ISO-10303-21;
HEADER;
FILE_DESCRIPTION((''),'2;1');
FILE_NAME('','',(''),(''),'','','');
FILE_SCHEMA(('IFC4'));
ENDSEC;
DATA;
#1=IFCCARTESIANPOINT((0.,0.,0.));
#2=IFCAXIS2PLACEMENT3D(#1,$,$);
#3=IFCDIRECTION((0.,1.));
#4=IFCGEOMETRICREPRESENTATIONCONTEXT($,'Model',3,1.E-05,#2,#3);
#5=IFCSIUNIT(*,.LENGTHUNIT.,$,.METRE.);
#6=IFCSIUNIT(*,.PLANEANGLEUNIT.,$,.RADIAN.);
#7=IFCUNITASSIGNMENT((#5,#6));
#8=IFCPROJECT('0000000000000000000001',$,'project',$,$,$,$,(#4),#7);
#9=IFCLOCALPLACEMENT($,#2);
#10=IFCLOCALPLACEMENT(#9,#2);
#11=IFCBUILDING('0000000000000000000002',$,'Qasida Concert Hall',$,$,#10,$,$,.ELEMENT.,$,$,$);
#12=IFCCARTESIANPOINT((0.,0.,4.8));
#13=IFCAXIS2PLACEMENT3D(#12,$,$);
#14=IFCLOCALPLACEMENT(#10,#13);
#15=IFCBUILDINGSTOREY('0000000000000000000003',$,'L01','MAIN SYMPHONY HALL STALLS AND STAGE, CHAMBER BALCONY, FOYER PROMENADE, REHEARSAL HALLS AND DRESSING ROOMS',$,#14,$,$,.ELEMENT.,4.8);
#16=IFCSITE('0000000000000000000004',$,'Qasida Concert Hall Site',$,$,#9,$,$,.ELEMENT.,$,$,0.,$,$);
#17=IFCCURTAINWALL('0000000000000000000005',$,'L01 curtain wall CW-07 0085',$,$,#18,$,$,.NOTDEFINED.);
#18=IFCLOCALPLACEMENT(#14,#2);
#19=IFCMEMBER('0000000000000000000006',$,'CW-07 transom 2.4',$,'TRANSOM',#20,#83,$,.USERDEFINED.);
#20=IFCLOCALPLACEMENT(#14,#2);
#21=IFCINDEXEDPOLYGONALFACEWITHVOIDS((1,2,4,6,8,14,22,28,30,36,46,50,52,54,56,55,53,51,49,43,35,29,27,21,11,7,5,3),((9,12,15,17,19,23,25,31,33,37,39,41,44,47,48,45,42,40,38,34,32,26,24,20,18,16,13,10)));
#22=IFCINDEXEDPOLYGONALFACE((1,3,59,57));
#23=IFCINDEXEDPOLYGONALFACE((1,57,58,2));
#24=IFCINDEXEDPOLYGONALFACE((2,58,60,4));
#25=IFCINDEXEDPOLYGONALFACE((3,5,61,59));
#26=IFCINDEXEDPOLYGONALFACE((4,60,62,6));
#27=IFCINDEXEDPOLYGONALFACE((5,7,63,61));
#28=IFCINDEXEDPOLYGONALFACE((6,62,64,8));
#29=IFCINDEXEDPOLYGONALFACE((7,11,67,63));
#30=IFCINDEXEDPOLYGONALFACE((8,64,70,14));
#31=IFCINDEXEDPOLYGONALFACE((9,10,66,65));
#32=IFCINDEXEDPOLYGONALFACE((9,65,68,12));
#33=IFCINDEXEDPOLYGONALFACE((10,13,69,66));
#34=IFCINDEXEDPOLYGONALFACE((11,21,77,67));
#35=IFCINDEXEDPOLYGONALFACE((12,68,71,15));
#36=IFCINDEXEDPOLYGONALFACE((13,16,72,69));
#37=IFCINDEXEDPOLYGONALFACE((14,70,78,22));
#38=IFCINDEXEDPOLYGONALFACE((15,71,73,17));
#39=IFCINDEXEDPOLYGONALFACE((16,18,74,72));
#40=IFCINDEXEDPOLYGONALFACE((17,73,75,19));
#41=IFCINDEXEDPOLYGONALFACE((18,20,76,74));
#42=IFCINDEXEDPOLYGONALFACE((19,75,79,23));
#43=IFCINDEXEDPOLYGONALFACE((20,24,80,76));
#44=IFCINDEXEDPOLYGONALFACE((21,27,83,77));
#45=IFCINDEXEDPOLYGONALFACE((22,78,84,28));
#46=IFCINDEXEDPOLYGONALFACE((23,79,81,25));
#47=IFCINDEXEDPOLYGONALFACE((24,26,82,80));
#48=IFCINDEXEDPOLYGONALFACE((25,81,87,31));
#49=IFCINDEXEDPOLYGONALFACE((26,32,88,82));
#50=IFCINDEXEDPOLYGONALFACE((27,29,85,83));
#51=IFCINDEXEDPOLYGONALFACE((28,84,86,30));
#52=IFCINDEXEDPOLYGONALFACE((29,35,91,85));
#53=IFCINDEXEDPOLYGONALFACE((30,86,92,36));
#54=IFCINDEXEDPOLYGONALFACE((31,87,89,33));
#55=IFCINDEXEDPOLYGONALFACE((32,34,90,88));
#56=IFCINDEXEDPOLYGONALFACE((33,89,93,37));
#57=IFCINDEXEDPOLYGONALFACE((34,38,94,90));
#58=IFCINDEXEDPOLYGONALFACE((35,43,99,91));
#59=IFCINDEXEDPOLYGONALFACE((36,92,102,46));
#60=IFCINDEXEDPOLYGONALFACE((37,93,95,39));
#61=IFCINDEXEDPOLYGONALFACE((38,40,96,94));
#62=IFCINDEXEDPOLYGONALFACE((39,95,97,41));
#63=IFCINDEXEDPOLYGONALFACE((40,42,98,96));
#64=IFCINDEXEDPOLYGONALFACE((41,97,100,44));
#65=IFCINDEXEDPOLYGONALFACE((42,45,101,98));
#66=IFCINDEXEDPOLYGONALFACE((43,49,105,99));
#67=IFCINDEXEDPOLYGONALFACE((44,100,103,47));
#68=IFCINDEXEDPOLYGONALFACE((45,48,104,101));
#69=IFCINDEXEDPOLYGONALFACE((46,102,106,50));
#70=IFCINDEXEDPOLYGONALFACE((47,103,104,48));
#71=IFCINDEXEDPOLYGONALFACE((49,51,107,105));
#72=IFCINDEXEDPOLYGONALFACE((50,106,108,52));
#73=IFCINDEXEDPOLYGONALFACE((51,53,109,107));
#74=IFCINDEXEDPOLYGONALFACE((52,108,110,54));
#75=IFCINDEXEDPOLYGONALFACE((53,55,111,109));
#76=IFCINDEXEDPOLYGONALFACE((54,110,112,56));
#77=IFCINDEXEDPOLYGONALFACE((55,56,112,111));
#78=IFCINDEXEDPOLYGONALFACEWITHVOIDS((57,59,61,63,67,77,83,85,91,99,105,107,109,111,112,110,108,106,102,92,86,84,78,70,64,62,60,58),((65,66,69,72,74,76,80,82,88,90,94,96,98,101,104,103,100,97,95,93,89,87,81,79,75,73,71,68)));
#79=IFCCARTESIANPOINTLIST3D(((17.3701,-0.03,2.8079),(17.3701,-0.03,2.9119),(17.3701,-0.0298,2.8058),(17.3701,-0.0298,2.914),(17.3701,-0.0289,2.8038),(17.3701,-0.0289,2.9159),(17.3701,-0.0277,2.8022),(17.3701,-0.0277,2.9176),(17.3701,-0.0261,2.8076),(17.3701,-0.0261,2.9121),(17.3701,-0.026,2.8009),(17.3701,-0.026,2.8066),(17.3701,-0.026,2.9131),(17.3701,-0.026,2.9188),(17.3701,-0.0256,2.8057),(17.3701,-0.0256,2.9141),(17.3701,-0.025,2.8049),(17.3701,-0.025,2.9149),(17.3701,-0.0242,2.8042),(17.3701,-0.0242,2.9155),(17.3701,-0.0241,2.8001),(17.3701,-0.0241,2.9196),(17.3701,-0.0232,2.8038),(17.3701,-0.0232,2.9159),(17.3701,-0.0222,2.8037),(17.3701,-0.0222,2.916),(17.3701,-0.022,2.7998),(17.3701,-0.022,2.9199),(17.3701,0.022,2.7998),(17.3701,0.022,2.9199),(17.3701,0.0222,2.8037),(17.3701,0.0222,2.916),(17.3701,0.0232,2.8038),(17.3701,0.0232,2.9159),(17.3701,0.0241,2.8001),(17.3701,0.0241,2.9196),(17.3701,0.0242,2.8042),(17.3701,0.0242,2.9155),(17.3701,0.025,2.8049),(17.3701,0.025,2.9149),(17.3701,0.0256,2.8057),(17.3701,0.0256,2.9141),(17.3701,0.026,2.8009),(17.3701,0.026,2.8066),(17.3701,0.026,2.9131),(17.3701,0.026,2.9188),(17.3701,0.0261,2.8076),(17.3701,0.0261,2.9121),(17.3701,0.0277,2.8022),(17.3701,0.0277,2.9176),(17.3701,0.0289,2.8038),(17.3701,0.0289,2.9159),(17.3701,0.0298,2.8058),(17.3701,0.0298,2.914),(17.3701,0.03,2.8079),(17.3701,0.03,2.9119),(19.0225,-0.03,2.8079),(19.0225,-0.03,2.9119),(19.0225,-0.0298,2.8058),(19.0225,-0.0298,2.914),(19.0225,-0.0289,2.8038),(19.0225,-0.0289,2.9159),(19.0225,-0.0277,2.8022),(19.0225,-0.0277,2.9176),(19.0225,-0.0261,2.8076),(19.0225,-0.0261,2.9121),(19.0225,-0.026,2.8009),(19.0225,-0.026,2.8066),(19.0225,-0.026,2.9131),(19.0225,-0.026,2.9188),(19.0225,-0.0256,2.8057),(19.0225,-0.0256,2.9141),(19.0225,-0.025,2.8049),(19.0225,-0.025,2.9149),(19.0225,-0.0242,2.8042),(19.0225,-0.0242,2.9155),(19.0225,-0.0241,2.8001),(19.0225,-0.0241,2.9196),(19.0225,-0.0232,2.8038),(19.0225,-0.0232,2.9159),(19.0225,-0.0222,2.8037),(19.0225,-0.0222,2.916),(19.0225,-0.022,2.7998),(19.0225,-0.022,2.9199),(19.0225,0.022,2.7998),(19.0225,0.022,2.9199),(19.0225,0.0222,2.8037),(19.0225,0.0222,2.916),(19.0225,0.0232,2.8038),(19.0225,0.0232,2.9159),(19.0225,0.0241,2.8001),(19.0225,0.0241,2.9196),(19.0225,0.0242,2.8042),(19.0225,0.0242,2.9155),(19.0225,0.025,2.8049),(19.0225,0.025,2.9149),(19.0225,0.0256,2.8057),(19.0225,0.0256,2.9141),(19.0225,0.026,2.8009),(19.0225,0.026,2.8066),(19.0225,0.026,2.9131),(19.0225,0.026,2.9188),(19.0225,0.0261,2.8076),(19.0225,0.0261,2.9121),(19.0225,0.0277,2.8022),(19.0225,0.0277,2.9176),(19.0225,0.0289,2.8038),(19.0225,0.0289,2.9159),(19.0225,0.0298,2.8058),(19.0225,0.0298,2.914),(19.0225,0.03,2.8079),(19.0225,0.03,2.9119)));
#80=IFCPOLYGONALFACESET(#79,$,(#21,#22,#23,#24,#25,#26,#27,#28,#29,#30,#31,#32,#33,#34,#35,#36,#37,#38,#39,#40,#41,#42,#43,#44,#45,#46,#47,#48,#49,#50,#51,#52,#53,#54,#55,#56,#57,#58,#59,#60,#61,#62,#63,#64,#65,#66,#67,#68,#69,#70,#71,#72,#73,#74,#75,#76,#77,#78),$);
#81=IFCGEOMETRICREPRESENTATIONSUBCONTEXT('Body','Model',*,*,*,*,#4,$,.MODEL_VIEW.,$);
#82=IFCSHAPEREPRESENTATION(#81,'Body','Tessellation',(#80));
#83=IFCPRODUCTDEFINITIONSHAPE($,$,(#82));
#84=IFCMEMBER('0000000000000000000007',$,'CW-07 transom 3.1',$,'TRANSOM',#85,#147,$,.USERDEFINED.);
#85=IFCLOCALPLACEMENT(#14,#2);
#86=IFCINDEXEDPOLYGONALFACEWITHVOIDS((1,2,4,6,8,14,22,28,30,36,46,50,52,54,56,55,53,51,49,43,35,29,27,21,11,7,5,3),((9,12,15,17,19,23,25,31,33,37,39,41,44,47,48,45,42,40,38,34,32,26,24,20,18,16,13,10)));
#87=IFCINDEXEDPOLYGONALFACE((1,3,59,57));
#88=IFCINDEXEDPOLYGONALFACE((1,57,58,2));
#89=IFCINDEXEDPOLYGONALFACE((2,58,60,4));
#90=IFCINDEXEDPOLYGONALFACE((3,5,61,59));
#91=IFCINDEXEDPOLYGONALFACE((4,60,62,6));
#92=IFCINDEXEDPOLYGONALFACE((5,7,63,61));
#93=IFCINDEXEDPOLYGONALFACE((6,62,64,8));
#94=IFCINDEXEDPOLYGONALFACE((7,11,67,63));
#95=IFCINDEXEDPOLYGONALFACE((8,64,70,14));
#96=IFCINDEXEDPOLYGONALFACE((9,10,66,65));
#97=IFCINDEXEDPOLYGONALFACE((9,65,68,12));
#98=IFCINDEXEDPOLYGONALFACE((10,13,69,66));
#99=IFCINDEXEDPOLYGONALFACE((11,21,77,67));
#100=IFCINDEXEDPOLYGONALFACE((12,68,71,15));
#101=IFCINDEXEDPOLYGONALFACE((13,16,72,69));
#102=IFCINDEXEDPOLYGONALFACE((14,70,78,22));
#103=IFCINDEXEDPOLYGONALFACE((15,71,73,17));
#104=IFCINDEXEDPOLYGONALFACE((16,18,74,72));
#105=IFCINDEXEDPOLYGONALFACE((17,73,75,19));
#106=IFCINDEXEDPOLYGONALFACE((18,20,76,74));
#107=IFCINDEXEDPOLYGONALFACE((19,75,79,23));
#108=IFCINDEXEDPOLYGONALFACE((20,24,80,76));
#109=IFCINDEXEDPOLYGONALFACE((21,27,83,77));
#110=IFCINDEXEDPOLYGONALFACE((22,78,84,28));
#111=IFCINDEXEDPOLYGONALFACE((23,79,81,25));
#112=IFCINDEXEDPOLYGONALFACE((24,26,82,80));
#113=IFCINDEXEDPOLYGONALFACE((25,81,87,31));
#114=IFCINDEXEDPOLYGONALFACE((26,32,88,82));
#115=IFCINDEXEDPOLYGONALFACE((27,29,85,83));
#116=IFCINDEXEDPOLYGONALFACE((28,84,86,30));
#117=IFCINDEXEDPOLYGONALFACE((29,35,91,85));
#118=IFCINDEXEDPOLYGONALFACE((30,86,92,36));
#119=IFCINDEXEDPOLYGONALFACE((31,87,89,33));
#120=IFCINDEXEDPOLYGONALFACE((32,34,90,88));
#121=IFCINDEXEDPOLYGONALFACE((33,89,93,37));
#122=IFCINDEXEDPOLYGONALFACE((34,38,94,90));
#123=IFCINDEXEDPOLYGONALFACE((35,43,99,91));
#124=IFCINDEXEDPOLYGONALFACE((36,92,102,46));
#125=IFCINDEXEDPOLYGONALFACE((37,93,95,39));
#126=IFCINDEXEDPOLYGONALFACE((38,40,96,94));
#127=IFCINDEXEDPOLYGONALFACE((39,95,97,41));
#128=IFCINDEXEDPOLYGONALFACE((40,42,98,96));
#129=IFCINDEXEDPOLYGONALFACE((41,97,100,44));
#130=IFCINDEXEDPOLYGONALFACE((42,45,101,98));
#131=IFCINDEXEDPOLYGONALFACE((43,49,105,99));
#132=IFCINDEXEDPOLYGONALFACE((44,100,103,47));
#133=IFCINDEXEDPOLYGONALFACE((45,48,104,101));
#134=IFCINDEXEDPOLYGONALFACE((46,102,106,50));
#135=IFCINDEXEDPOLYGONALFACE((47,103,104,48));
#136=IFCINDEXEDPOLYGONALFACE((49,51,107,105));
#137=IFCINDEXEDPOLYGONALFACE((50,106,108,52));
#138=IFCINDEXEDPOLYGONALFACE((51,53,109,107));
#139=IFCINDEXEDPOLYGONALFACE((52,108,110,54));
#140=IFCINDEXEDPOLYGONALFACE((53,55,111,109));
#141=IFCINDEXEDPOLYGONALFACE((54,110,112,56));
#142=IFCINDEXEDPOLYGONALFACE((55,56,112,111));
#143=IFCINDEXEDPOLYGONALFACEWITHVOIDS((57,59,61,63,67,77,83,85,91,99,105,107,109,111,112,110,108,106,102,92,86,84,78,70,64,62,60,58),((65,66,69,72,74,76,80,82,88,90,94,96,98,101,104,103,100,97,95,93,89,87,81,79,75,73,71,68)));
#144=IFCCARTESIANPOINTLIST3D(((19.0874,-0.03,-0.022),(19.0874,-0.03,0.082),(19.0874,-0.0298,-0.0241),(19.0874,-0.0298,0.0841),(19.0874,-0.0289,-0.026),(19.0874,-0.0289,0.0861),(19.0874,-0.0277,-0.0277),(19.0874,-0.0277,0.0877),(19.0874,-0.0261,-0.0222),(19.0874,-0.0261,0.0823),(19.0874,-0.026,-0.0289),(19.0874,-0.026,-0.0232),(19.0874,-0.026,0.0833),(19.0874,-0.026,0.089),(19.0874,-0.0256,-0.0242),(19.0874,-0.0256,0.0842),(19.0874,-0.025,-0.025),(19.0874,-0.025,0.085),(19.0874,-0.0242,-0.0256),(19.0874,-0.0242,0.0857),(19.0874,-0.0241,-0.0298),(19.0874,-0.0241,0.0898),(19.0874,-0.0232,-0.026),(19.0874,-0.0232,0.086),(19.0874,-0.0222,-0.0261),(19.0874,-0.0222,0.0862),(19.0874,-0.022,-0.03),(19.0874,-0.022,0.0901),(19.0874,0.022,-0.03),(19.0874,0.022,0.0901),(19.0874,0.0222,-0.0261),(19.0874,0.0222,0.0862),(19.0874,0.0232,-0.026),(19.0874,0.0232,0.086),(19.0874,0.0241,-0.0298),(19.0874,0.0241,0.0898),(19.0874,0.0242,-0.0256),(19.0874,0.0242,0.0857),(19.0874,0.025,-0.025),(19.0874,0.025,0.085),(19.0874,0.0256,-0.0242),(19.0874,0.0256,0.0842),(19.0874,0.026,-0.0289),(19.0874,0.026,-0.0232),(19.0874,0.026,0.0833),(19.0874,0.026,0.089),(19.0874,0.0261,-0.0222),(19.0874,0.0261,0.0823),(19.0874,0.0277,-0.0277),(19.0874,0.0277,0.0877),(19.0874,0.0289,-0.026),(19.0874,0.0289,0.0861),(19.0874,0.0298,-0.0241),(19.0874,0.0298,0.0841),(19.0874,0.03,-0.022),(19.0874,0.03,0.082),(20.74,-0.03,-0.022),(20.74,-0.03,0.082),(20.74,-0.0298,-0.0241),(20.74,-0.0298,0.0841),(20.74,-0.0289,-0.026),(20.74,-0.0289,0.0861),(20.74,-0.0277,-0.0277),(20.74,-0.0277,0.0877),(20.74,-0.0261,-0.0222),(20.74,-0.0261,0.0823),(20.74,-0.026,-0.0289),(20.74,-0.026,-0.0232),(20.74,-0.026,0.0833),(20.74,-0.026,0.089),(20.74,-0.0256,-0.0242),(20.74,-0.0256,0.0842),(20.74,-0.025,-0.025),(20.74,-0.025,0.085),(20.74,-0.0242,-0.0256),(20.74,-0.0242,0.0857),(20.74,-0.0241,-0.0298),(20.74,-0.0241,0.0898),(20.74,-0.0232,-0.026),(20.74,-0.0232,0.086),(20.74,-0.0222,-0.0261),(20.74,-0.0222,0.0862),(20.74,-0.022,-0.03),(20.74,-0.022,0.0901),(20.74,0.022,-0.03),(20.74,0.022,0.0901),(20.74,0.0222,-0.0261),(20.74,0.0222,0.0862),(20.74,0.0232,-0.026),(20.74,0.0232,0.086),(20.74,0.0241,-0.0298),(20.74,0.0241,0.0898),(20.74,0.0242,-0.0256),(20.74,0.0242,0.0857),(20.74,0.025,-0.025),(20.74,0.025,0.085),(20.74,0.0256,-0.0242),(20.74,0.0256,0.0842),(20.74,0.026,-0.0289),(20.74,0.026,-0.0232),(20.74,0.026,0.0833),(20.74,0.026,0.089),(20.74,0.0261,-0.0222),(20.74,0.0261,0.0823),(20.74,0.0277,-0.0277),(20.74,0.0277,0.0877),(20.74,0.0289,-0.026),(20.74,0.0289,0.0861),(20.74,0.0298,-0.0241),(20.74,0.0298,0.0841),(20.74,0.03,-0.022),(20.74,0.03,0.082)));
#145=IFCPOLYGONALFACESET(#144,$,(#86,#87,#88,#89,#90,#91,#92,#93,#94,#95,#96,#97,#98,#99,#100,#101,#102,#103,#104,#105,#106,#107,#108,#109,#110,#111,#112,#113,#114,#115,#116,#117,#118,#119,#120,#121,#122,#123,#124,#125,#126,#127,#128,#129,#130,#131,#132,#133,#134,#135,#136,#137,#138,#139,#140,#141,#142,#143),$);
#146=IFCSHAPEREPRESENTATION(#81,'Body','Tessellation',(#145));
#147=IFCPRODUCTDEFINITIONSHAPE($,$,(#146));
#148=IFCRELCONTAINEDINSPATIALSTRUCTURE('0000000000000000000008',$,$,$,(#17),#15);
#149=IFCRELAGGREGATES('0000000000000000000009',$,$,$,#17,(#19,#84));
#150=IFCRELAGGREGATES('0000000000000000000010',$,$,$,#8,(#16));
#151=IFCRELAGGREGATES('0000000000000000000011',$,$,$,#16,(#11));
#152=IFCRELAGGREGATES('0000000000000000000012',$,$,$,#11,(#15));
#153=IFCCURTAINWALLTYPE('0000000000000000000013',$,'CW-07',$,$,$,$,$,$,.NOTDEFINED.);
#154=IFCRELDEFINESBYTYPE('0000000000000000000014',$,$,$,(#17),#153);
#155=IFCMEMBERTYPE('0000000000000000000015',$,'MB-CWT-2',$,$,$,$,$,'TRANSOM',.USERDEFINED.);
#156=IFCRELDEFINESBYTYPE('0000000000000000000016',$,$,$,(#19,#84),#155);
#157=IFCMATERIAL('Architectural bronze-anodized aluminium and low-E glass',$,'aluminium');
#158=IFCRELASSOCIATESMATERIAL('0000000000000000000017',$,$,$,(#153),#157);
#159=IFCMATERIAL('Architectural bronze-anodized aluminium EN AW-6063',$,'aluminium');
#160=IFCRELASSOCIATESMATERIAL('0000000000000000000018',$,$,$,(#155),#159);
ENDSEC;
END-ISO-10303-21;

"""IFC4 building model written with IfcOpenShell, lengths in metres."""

from ifc_helpers import new_model, si_unit, direction, frame, origin, origin_2d, place, context, subcontext, project, spatial, hollow_rectangle, extrude, material, material_profile, profile_set, type_object, element, aggregate, save


model = new_model("IFC4")

# Units and contexts
model_context = context("Model", 3, precision=1e-05, world=origin(), true_north=direction((0.0, 1.0)))
body_context = subcontext(model_context, "Body", "Model", "MODEL_VIEW")
ifc_project = project(units=[si_unit("LENGTHUNIT", "METRE"), si_unit("PLANEANGLEUNIT", "RADIAN")], contexts=[model_context])

# Site, building, storey
site_placement = place(None, origin())
site = spatial("IfcSite", under=ifc_project, at=site_placement, Name="Qasida Concert Hall Site", CompositionType="ELEMENT", RefElevation=0.0)
building_placement = place(site_placement, origin())
building = spatial("IfcBuilding", under=site, at=building_placement, Name="Qasida Concert Hall", CompositionType="ELEMENT")
storey_placement = place(building_placement, frame((0.0, 0.0, 4.8)))
storey = spatial("IfcBuildingStorey", under=building, at=storey_placement, Name="L01", Description="MAIN SYMPHONY HALL STALLS AND STAGE, CHAMBER BALCONY, FOYER PROMENADE, REHEARSAL HALLS AND DRESSING ROOMS", CompositionType="ELEMENT", Elevation=4.8)

# Curtain wall, members
ifc_material_1 = material(Name="Architectural bronze-anodized aluminium and low-E glass", Category="aluminium")
curtain_wall_type = type_object("IfcCurtainWallType", Name="CW-07", PredefinedType="NOTDEFINED", material=ifc_material_1)
curtain_wall_placement = place(storey_placement, origin())
curtain_wall = element("IfcCurtainWall", 1, at=curtain_wall_placement, inside=storey, type_object=curtain_wall_type, Name="L01 curtain wall CW-07 0085", PredefinedType="NOTDEFINED")
ifc_material_2 = material(Name="Architectural bronze-anodized aluminium EN AW-6063", Category="aluminium")
ifc_material_profile_1 = material_profile(ifc_material_2, hollow_rectangle(XDim=0.0601, YDim=0.1201, WallThickness=0.0039, InnerFilletRadius=0.0039, OuterFilletRadius=0.0081, at=origin_2d()), Name="CWT 120x60x4")
ifc_profile_set_1 = profile_set([ifc_material_profile_1], Name="Architectural bronze-anodized aluminium EN AW-6063")
member_type_1 = type_object("IfcMemberType", Name="MB-CWT-2", ElementType="TRANSOM", PredefinedType="USERDEFINED", material=ifc_profile_set_1)
member_1_placement = place(storey_placement, frame((17.3701, 0.0, 2.8599), z_axis=(1.0, 0.0, 0.0), x_axis=(0.0, 1.0, 0.0)))
member_1 = element("IfcMember", 2, at=member_1_placement, type_object=member_type_1, Name="CW-07 transom 2.4", ObjectType="TRANSOM", PredefinedType="USERDEFINED", context=body_context, shape_type="SweptSolid", body=[
    extrude(hollow_rectangle(XDim=0.0601, YDim=0.1201, WallThickness=0.0039, InnerFilletRadius=0.0039, OuterFilletRadius=0.0081, at=origin_2d()), origin(), (0.0, 0.0, 1.0), 1.6523),
])
member_2_placement = place(storey_placement, frame((19.0874, 0.0, 0.03), z_axis=(1.0, 0.0, 0.0), x_axis=(0.0, 1.0, 0.0)))
member_2 = element("IfcMember", 3, at=member_2_placement, type_object=member_type_1, Name="CW-07 transom 3.1", ObjectType="TRANSOM", PredefinedType="USERDEFINED", context=body_context, shape_type="SweptSolid", body=[
    extrude(hollow_rectangle(XDim=0.0601, YDim=0.1201, WallThickness=0.0039, InnerFilletRadius=0.0039, OuterFilletRadius=0.0081, at=origin_2d()), origin(), (0.0, 0.0, 1.0), 1.6526),
])
aggregate(curtain_wall, [member_1, member_2])

save(model, "model.ifc")
